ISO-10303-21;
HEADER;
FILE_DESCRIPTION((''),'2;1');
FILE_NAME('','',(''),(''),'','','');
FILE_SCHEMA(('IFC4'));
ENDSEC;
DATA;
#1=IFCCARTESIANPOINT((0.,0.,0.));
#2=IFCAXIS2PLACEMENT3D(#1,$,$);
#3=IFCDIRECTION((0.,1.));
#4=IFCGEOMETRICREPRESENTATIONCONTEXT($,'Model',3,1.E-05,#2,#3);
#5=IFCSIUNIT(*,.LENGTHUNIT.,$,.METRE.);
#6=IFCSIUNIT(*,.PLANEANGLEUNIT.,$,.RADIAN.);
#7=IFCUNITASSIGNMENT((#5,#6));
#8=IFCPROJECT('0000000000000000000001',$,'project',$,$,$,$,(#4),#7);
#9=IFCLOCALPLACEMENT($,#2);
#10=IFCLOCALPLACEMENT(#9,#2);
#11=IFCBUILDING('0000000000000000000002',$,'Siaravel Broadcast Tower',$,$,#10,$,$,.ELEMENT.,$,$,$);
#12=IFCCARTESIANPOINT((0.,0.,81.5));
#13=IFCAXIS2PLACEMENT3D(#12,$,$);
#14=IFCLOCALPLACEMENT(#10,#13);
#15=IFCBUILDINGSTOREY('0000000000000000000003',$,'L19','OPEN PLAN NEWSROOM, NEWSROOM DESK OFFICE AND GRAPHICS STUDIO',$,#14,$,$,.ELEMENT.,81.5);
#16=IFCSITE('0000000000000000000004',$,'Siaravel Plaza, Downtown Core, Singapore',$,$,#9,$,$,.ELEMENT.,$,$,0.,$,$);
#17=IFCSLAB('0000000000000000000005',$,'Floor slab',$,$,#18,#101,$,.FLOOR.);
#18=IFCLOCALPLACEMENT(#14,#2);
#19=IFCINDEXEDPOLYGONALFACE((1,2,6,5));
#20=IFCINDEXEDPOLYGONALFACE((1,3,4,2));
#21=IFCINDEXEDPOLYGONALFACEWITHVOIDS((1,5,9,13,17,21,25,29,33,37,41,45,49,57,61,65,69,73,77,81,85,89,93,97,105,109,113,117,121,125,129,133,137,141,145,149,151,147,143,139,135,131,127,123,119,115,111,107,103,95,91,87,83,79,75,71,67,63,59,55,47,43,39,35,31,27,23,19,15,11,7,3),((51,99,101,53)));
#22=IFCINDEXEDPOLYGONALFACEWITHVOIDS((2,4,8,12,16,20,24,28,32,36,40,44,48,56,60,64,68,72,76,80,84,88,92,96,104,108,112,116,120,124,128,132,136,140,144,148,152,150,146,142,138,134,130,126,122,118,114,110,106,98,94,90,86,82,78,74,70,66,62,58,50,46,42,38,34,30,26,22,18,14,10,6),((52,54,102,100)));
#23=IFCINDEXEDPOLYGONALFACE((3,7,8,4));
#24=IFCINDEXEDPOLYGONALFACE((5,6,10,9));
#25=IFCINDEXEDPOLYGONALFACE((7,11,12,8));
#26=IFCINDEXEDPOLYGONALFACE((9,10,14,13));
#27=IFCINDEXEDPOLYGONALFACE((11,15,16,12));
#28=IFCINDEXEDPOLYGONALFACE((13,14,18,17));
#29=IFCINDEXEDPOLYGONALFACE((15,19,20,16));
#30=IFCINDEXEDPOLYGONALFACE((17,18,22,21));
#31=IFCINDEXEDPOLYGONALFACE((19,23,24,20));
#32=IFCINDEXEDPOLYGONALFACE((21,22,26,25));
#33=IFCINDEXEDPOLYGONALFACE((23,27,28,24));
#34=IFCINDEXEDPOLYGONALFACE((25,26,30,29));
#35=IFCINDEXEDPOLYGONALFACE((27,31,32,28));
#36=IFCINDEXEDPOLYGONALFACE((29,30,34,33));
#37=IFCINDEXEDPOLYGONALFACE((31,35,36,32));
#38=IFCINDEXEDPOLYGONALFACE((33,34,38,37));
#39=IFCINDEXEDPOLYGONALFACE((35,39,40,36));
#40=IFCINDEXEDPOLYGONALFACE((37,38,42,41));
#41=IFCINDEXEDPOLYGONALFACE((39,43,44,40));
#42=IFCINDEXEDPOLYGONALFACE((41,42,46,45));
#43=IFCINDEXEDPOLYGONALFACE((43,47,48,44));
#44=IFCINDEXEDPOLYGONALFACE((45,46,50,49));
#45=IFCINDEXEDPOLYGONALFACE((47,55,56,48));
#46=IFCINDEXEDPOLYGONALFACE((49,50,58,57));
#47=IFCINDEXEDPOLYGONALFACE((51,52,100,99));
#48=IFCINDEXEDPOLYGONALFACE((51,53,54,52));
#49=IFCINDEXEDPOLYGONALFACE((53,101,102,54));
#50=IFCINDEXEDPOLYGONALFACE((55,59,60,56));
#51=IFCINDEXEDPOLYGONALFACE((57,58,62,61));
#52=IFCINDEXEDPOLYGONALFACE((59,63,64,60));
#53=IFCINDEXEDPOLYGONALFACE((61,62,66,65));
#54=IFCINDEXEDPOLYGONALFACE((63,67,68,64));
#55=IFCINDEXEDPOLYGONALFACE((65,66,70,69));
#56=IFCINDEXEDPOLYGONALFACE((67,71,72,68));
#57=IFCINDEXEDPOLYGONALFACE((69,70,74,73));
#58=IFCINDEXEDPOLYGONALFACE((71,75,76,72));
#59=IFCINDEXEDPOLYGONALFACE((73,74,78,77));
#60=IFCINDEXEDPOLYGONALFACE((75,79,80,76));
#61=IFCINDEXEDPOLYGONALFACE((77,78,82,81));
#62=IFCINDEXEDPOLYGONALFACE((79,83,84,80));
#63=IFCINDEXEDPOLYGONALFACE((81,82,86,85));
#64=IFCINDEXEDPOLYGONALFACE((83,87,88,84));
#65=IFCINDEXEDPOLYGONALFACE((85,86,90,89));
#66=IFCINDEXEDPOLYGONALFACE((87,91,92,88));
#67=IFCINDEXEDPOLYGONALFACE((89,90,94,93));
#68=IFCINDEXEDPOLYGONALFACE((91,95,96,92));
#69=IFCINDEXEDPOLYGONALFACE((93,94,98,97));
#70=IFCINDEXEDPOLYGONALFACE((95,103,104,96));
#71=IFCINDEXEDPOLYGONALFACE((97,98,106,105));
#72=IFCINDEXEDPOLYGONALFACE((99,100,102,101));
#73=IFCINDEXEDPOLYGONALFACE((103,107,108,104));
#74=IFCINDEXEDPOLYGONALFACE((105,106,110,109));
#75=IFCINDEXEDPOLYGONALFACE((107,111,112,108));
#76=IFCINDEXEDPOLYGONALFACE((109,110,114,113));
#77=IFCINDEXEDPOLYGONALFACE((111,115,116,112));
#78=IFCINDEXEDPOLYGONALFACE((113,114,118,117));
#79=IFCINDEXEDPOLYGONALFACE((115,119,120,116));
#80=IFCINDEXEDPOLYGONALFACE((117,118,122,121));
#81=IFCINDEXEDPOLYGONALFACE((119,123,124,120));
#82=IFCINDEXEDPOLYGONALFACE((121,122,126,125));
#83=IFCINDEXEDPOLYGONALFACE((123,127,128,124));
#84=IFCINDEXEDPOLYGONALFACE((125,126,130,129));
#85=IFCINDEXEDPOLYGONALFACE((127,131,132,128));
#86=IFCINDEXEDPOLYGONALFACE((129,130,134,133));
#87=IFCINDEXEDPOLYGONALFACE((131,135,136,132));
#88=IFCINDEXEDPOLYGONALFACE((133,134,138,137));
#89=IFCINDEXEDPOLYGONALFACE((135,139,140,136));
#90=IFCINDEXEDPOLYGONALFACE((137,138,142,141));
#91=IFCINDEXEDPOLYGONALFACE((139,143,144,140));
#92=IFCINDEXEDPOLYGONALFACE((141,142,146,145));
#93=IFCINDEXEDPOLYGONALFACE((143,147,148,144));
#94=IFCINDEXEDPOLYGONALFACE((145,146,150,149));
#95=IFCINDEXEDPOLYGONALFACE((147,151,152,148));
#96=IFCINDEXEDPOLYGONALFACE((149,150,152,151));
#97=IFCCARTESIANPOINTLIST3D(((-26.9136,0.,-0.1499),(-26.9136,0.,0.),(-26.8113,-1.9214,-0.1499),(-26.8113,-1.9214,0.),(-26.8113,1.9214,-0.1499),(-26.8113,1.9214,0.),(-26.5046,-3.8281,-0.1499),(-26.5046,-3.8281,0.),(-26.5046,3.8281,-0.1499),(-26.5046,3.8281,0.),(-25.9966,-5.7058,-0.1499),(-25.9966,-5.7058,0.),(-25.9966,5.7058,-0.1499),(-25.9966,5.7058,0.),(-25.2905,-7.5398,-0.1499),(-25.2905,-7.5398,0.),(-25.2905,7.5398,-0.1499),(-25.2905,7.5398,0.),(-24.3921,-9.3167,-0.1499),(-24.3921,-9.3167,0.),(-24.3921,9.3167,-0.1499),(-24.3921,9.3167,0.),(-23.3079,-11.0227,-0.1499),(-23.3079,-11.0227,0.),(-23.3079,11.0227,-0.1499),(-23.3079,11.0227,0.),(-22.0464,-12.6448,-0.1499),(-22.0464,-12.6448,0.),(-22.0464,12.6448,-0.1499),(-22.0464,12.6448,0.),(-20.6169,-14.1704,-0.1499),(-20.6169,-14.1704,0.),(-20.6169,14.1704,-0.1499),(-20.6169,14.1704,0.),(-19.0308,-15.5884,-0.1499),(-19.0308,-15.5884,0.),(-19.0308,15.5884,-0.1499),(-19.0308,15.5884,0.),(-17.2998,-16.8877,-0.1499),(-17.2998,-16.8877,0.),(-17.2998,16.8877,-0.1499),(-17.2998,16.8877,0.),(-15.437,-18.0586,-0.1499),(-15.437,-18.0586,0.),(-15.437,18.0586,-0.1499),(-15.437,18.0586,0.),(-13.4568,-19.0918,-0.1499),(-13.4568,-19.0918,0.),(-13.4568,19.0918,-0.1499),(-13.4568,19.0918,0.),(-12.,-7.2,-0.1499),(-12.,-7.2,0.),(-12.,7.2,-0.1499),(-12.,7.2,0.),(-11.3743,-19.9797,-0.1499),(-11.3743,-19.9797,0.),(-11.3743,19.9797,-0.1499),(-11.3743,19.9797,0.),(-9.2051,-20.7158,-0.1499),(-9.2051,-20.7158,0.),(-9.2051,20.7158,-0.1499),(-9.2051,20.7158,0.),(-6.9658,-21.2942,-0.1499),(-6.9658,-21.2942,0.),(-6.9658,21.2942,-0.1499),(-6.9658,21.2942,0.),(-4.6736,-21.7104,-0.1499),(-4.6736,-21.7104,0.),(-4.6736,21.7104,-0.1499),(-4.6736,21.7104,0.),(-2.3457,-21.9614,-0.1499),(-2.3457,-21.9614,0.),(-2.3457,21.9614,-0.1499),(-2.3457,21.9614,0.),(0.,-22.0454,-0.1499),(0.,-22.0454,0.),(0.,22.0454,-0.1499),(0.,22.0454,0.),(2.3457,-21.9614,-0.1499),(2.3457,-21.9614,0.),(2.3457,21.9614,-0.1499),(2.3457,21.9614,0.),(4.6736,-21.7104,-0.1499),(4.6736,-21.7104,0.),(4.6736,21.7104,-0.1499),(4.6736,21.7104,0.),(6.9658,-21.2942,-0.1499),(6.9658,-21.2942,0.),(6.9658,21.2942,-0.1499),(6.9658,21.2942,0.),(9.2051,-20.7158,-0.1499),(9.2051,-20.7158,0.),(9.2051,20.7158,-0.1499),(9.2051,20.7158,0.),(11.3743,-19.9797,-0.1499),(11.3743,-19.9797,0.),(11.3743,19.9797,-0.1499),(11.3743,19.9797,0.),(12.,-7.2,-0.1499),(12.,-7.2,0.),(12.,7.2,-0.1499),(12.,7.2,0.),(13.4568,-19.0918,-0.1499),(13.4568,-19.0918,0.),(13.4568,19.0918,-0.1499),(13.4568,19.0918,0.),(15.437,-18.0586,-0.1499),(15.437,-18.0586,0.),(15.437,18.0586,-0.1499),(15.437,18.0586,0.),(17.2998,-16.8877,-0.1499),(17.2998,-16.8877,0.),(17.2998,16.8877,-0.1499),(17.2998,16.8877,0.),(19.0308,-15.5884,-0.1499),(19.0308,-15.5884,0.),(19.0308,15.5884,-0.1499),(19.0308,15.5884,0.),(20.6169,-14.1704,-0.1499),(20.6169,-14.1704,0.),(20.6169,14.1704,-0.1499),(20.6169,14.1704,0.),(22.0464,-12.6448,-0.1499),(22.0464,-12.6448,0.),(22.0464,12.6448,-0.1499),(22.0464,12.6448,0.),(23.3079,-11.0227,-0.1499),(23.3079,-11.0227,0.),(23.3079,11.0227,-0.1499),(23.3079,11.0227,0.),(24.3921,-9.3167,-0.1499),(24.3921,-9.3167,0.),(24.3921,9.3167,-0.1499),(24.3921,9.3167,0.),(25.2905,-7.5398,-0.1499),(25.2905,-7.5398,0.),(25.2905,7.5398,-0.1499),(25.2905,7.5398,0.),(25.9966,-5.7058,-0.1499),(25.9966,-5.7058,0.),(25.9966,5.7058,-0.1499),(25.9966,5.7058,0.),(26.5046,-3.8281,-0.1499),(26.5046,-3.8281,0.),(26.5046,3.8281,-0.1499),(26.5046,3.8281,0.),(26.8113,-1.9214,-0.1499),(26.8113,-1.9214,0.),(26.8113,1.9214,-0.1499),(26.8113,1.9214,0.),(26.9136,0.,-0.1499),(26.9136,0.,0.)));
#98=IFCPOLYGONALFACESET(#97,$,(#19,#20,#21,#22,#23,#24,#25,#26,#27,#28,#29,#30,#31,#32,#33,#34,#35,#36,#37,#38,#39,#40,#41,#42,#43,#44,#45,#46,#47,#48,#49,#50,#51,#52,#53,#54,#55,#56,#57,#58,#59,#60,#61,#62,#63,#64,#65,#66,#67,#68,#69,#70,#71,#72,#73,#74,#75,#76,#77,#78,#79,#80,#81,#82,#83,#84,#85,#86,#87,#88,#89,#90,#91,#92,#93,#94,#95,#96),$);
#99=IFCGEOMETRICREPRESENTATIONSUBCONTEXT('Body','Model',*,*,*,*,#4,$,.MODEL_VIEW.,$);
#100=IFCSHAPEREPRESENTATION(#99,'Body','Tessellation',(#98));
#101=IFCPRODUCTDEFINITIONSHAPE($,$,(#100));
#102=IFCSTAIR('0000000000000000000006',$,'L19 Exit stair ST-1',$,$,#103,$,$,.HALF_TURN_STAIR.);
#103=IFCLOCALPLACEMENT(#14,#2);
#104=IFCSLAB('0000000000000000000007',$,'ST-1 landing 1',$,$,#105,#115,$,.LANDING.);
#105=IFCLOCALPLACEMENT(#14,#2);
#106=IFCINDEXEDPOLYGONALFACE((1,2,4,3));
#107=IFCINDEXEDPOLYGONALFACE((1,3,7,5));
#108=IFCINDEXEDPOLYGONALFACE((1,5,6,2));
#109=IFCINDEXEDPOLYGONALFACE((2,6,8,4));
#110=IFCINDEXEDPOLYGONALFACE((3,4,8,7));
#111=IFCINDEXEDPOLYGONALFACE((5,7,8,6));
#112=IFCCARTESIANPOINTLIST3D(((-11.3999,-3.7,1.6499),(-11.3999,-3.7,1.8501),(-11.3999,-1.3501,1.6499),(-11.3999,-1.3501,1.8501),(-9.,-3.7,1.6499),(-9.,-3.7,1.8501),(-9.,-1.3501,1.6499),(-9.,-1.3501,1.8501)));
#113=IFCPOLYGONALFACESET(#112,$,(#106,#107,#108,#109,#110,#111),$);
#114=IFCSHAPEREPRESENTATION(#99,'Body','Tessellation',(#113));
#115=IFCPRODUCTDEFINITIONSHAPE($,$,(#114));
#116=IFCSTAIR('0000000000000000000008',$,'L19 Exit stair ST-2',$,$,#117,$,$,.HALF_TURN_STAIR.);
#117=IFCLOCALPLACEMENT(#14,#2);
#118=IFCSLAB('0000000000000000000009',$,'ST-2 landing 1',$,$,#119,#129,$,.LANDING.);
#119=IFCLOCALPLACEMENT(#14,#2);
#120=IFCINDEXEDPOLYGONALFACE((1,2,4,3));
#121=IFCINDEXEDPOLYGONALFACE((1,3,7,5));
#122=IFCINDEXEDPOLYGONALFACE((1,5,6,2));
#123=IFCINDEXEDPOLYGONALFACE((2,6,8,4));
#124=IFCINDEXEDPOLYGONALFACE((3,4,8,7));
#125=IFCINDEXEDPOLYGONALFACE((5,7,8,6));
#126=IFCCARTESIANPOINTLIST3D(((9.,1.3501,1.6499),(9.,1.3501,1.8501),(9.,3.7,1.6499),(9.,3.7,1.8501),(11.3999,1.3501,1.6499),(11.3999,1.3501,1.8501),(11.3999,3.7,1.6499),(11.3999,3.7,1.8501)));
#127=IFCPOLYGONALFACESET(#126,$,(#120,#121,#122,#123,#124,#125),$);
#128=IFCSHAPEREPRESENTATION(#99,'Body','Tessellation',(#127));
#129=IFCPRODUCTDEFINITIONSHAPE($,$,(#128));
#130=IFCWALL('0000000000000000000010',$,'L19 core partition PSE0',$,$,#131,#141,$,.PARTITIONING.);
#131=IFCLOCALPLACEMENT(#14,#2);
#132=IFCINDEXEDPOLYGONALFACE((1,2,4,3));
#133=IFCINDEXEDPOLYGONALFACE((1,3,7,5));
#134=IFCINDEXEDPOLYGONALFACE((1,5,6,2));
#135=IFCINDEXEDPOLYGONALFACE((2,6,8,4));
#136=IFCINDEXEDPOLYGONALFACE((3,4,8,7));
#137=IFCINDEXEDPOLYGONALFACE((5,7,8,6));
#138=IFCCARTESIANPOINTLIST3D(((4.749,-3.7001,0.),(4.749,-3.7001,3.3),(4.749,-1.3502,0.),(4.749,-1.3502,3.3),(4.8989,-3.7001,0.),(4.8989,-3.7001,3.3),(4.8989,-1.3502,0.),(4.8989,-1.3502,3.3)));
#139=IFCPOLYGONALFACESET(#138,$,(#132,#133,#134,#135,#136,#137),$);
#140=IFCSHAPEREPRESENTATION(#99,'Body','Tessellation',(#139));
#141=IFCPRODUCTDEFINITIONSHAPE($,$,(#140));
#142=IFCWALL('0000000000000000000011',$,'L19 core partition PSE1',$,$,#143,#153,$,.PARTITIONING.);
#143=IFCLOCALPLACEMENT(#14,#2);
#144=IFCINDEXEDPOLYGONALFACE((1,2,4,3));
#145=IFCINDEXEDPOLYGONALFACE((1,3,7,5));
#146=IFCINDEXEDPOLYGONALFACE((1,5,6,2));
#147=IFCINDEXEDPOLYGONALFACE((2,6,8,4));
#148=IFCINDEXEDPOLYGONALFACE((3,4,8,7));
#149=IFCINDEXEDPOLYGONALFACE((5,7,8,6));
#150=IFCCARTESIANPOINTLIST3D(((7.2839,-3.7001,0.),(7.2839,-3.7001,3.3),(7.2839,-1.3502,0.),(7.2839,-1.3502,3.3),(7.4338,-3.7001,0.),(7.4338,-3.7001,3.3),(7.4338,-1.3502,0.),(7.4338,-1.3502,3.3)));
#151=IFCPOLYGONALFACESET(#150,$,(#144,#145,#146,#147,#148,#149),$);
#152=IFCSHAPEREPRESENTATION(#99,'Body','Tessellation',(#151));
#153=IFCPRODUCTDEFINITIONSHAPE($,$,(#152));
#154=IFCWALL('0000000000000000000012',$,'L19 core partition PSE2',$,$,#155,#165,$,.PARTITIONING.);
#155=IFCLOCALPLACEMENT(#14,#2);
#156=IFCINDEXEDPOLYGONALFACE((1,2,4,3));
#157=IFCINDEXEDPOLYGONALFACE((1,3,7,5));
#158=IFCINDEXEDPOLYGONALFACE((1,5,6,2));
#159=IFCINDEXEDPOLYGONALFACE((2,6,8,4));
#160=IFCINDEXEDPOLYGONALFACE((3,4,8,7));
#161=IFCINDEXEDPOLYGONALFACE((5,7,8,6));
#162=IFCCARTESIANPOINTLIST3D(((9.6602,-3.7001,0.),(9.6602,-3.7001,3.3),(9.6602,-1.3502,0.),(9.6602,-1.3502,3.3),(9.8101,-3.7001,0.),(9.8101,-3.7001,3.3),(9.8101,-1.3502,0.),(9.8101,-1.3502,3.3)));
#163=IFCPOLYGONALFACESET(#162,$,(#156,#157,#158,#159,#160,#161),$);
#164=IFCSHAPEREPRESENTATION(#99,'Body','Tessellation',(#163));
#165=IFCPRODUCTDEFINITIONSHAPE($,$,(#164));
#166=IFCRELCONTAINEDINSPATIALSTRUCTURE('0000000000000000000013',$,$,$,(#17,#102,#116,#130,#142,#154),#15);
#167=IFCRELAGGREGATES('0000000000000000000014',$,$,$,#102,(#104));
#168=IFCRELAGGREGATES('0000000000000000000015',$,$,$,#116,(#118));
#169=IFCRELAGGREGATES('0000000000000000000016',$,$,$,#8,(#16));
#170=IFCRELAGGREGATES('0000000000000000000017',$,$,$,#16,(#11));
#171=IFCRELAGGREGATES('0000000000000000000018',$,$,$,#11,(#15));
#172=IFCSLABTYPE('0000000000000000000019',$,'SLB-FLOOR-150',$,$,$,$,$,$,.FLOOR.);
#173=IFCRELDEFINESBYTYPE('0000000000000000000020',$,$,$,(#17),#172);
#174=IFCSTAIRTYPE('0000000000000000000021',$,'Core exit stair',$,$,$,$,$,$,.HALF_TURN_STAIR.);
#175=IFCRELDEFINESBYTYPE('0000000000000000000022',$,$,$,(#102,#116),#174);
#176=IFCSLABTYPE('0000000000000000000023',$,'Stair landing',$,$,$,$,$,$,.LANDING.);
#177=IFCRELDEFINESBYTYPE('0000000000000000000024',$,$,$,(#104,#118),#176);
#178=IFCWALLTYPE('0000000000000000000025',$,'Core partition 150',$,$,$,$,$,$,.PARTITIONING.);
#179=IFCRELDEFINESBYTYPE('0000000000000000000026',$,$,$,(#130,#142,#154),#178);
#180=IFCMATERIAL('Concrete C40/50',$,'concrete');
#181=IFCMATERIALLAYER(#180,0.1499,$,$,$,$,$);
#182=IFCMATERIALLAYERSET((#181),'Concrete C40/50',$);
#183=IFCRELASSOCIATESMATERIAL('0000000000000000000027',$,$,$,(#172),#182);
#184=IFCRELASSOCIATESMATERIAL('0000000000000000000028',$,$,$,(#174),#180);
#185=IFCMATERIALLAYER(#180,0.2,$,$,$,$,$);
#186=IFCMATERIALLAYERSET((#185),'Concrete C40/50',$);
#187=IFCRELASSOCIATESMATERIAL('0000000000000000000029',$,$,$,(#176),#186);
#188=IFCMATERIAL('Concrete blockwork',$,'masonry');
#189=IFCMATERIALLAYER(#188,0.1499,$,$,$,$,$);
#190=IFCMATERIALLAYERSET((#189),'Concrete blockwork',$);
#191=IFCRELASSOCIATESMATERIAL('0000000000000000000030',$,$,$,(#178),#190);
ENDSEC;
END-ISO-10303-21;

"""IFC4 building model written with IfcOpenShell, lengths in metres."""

from ifc_helpers import new_model, si_unit, direction, frame, frame_2d, origin, place, context, subcontext, project, spatial, polyline, rectangle, outline, extrude, material, layer, layer_set, type_object, element, aggregate, save


model = new_model("IFC4")

# Units and contexts
model_context = context("Model", 3, precision=1e-05, world=origin(), true_north=direction((0.0, 1.0)))
body_context = subcontext(model_context, "Body", "Model", "MODEL_VIEW")
ifc_project = project(units=[si_unit("LENGTHUNIT", "METRE"), si_unit("PLANEANGLEUNIT", "RADIAN")], contexts=[model_context])

# Site, building, storey
site_placement = place(None, origin())
site = spatial("IfcSite", under=ifc_project, at=site_placement, Name="Siaravel Plaza, Downtown Core, Singapore", CompositionType="ELEMENT", RefElevation=0.0)
building_placement = place(site_placement, origin())
building = spatial("IfcBuilding", under=site, at=building_placement, Name="Siaravel Broadcast Tower", CompositionType="ELEMENT")
storey_placement = place(building_placement, frame((0.0, 0.0, 81.5)))
storey = spatial("IfcBuildingStorey", under=building, at=storey_placement, Name="L19", Description="OPEN PLAN NEWSROOM, NEWSROOM DESK OFFICE AND GRAPHICS STUDIO", CompositionType="ELEMENT", Elevation=81.5)

# Slab
ifc_material_1 = material(Name="Concrete C40/50", Category="concrete")
ifc_layer_1 = layer(ifc_material_1, 0.1499)
ifc_layer_set_1 = layer_set([ifc_layer_1], Name="Concrete C40/50")
slab_type_1 = type_object("IfcSlabType", Name="SLB-FLOOR-150", PredefinedType="FLOOR", material=ifc_layer_set_1)
slab_1_placement = place(storey_placement, frame((0.0, 0.0, -0.1499)))
element("IfcSlab", 1, at=slab_1_placement, inside=storey, type_object=slab_type_1, Name="Floor slab", PredefinedType="FLOOR", context=body_context, shape_type="SweptSolid", body=[
    extrude(outline(polyline([(26.9136, 0.0), (26.8113, 1.9214), (26.5046, 3.8281), (25.9966, 5.7058), (25.2905, 7.5398), (24.3921, 9.3167), (23.3079, 11.0227), (22.0464, 12.6448), (20.6169, 14.1704), (19.0308, 15.5884), (17.2998, 16.8877), (15.437, 18.0586), (13.4568, 19.0918), (11.3743, 19.9797), (9.2051, 20.7158), (6.9658, 21.2942), (4.6736, 21.7104), (2.3457, 21.9614), (0.0, 22.0454), (-2.3457, 21.9614), (-4.6736, 21.7104), (-6.9658, 21.2942), (-9.2051, 20.7158), (-11.3743, 19.9797), (-13.4568, 19.0918), (-15.437, 18.0586), (-17.2998, 16.8877), (-19.0308, 15.5884), (-20.6169, 14.1704), (-22.0464, 12.6448), (-23.3079, 11.0227), (-24.3921, 9.3167), (-25.2905, 7.5398), (-25.9966, 5.7058), (-26.5046, 3.8281), (-26.8113, 1.9214), (-26.9136, 0.0), (-26.8113, -1.9214), (-26.5046, -3.8281), (-25.9966, -5.7058), (-25.2905, -7.5398), (-24.3921, -9.3167), (-23.3079, -11.0227), (-22.0464, -12.6448), (-20.6169, -14.1704), (-19.0308, -15.5884), (-17.2998, -16.8877), (-15.437, -18.0586), (-13.4568, -19.0918), (-11.3743, -19.9797), (-9.2051, -20.7158), (-6.9658, -21.2942), (-4.6736, -21.7104), (-2.3457, -21.9614), (0.0, -22.0454), (2.3457, -21.9614), (4.6736, -21.7104), (6.9658, -21.2942), (9.2051, -20.7158), (11.3743, -19.9797), (13.4568, -19.0918), (15.437, -18.0586), (17.2998, -16.8877), (19.0308, -15.5884), (20.6169, -14.1704), (22.0464, -12.6448), (23.3079, -11.0227), (24.3921, -9.3167), (25.2905, -7.5398), (25.9966, -5.7058), (26.5046, -3.8281), (26.8113, -1.9214), (26.9136, 0.0)]), holes=[polyline([(-12.0, 7.2), (12.0, 7.2), (12.0, -7.2), (-12.0, -7.2), (-12.0, 7.2)])]), origin(), (0.0, 0.0, 1.0), 0.1499),
])

# Stairs, slabs
stair_type = type_object("IfcStairType", Name="Core exit stair", PredefinedType="HALF_TURN_STAIR", material=ifc_material_1)
stair_1_placement = place(storey_placement, origin())
stair_1 = element("IfcStair", 2, at=stair_1_placement, inside=storey, type_object=stair_type, Name="L19 Exit stair ST-1", PredefinedType="HALF_TURN_STAIR")
ifc_layer_2 = layer(ifc_material_1, 0.2)
ifc_layer_set_2 = layer_set([ifc_layer_2], Name="Concrete C40/50")
slab_type_2 = type_object("IfcSlabType", Name="Stair landing", PredefinedType="LANDING", material=ifc_layer_set_2)
slab_2_placement = place(storey_placement, frame((0.0, 0.0, 1.6499)))
slab_2 = element("IfcSlab", 3, at=slab_2_placement, type_object=slab_type_2, Name="ST-1 landing 1", PredefinedType="LANDING", context=body_context, shape_type="SweptSolid", body=[
    extrude(outline(polyline([(-9.0, -1.3501), (-11.3999, -1.3501), (-11.3999, -3.7), (-9.0, -3.7), (-9.0, -1.3501)])), origin(), (0.0, 0.0, 1.0), 0.2002),
])
aggregate(stair_1, [slab_2])
stair_2_placement = place(storey_placement, origin())
stair_2 = element("IfcStair", 4, at=stair_2_placement, inside=storey, type_object=stair_type, Name="L19 Exit stair ST-2", PredefinedType="HALF_TURN_STAIR")
slab_3_placement = place(storey_placement, frame((0.0, 0.0, 1.6499)))
slab_3 = element("IfcSlab", 5, at=slab_3_placement, type_object=slab_type_2, Name="ST-2 landing 1", PredefinedType="LANDING", context=body_context, shape_type="SweptSolid", body=[
    extrude(outline(polyline([(9.0, 1.3501), (11.3999, 1.3501), (11.3999, 3.7), (9.0, 3.7), (9.0, 1.3501)])), origin(), (0.0, 0.0, 1.0), 0.2002),
])
aggregate(stair_2, [slab_3])

# Walls
ifc_material_2 = material(Name="Concrete blockwork", Category="masonry")
ifc_layer_3 = layer(ifc_material_2, 0.1499)
ifc_layer_set_3 = layer_set([ifc_layer_3], Name="Concrete blockwork")
wall_type_1 = type_object("IfcWallType", Name="Core partition 150", PredefinedType="PARTITIONING", material=ifc_layer_set_3)
for number, where, z_axis, x_axis, name in (
    (6, (4.824, -3.7, 0.0), (0.0, 0.0, 1.0), (0.0, 1.0, 0.0), "L19 core partition PSE0"),
    (7, (7.3589, -3.7, 0.0), (0.0, 0.0, 1.0), (0.0, 1.0, 0.0), "L19 core partition PSE1"),
    (8, (9.7351, -3.7, 0.0), (0.0, 0.0, 1.0), (0.0, 1.0, 0.0), "L19 core partition PSE2"),
):
    element("IfcWall", number, at=place(storey_placement, frame(where, z_axis=z_axis, x_axis=x_axis)), inside=storey, type_object=wall_type_1, Name=name, PredefinedType="PARTITIONING", context=body_context, shape_type="SweptSolid", body=[
        extrude(rectangle(XDim=2.3499, YDim=0.1499, at=frame_2d((1.1748, 0.0))), origin(), (0.0, 0.0, 1.0), 3.3),
    ])

save(model, "model.ifc")
